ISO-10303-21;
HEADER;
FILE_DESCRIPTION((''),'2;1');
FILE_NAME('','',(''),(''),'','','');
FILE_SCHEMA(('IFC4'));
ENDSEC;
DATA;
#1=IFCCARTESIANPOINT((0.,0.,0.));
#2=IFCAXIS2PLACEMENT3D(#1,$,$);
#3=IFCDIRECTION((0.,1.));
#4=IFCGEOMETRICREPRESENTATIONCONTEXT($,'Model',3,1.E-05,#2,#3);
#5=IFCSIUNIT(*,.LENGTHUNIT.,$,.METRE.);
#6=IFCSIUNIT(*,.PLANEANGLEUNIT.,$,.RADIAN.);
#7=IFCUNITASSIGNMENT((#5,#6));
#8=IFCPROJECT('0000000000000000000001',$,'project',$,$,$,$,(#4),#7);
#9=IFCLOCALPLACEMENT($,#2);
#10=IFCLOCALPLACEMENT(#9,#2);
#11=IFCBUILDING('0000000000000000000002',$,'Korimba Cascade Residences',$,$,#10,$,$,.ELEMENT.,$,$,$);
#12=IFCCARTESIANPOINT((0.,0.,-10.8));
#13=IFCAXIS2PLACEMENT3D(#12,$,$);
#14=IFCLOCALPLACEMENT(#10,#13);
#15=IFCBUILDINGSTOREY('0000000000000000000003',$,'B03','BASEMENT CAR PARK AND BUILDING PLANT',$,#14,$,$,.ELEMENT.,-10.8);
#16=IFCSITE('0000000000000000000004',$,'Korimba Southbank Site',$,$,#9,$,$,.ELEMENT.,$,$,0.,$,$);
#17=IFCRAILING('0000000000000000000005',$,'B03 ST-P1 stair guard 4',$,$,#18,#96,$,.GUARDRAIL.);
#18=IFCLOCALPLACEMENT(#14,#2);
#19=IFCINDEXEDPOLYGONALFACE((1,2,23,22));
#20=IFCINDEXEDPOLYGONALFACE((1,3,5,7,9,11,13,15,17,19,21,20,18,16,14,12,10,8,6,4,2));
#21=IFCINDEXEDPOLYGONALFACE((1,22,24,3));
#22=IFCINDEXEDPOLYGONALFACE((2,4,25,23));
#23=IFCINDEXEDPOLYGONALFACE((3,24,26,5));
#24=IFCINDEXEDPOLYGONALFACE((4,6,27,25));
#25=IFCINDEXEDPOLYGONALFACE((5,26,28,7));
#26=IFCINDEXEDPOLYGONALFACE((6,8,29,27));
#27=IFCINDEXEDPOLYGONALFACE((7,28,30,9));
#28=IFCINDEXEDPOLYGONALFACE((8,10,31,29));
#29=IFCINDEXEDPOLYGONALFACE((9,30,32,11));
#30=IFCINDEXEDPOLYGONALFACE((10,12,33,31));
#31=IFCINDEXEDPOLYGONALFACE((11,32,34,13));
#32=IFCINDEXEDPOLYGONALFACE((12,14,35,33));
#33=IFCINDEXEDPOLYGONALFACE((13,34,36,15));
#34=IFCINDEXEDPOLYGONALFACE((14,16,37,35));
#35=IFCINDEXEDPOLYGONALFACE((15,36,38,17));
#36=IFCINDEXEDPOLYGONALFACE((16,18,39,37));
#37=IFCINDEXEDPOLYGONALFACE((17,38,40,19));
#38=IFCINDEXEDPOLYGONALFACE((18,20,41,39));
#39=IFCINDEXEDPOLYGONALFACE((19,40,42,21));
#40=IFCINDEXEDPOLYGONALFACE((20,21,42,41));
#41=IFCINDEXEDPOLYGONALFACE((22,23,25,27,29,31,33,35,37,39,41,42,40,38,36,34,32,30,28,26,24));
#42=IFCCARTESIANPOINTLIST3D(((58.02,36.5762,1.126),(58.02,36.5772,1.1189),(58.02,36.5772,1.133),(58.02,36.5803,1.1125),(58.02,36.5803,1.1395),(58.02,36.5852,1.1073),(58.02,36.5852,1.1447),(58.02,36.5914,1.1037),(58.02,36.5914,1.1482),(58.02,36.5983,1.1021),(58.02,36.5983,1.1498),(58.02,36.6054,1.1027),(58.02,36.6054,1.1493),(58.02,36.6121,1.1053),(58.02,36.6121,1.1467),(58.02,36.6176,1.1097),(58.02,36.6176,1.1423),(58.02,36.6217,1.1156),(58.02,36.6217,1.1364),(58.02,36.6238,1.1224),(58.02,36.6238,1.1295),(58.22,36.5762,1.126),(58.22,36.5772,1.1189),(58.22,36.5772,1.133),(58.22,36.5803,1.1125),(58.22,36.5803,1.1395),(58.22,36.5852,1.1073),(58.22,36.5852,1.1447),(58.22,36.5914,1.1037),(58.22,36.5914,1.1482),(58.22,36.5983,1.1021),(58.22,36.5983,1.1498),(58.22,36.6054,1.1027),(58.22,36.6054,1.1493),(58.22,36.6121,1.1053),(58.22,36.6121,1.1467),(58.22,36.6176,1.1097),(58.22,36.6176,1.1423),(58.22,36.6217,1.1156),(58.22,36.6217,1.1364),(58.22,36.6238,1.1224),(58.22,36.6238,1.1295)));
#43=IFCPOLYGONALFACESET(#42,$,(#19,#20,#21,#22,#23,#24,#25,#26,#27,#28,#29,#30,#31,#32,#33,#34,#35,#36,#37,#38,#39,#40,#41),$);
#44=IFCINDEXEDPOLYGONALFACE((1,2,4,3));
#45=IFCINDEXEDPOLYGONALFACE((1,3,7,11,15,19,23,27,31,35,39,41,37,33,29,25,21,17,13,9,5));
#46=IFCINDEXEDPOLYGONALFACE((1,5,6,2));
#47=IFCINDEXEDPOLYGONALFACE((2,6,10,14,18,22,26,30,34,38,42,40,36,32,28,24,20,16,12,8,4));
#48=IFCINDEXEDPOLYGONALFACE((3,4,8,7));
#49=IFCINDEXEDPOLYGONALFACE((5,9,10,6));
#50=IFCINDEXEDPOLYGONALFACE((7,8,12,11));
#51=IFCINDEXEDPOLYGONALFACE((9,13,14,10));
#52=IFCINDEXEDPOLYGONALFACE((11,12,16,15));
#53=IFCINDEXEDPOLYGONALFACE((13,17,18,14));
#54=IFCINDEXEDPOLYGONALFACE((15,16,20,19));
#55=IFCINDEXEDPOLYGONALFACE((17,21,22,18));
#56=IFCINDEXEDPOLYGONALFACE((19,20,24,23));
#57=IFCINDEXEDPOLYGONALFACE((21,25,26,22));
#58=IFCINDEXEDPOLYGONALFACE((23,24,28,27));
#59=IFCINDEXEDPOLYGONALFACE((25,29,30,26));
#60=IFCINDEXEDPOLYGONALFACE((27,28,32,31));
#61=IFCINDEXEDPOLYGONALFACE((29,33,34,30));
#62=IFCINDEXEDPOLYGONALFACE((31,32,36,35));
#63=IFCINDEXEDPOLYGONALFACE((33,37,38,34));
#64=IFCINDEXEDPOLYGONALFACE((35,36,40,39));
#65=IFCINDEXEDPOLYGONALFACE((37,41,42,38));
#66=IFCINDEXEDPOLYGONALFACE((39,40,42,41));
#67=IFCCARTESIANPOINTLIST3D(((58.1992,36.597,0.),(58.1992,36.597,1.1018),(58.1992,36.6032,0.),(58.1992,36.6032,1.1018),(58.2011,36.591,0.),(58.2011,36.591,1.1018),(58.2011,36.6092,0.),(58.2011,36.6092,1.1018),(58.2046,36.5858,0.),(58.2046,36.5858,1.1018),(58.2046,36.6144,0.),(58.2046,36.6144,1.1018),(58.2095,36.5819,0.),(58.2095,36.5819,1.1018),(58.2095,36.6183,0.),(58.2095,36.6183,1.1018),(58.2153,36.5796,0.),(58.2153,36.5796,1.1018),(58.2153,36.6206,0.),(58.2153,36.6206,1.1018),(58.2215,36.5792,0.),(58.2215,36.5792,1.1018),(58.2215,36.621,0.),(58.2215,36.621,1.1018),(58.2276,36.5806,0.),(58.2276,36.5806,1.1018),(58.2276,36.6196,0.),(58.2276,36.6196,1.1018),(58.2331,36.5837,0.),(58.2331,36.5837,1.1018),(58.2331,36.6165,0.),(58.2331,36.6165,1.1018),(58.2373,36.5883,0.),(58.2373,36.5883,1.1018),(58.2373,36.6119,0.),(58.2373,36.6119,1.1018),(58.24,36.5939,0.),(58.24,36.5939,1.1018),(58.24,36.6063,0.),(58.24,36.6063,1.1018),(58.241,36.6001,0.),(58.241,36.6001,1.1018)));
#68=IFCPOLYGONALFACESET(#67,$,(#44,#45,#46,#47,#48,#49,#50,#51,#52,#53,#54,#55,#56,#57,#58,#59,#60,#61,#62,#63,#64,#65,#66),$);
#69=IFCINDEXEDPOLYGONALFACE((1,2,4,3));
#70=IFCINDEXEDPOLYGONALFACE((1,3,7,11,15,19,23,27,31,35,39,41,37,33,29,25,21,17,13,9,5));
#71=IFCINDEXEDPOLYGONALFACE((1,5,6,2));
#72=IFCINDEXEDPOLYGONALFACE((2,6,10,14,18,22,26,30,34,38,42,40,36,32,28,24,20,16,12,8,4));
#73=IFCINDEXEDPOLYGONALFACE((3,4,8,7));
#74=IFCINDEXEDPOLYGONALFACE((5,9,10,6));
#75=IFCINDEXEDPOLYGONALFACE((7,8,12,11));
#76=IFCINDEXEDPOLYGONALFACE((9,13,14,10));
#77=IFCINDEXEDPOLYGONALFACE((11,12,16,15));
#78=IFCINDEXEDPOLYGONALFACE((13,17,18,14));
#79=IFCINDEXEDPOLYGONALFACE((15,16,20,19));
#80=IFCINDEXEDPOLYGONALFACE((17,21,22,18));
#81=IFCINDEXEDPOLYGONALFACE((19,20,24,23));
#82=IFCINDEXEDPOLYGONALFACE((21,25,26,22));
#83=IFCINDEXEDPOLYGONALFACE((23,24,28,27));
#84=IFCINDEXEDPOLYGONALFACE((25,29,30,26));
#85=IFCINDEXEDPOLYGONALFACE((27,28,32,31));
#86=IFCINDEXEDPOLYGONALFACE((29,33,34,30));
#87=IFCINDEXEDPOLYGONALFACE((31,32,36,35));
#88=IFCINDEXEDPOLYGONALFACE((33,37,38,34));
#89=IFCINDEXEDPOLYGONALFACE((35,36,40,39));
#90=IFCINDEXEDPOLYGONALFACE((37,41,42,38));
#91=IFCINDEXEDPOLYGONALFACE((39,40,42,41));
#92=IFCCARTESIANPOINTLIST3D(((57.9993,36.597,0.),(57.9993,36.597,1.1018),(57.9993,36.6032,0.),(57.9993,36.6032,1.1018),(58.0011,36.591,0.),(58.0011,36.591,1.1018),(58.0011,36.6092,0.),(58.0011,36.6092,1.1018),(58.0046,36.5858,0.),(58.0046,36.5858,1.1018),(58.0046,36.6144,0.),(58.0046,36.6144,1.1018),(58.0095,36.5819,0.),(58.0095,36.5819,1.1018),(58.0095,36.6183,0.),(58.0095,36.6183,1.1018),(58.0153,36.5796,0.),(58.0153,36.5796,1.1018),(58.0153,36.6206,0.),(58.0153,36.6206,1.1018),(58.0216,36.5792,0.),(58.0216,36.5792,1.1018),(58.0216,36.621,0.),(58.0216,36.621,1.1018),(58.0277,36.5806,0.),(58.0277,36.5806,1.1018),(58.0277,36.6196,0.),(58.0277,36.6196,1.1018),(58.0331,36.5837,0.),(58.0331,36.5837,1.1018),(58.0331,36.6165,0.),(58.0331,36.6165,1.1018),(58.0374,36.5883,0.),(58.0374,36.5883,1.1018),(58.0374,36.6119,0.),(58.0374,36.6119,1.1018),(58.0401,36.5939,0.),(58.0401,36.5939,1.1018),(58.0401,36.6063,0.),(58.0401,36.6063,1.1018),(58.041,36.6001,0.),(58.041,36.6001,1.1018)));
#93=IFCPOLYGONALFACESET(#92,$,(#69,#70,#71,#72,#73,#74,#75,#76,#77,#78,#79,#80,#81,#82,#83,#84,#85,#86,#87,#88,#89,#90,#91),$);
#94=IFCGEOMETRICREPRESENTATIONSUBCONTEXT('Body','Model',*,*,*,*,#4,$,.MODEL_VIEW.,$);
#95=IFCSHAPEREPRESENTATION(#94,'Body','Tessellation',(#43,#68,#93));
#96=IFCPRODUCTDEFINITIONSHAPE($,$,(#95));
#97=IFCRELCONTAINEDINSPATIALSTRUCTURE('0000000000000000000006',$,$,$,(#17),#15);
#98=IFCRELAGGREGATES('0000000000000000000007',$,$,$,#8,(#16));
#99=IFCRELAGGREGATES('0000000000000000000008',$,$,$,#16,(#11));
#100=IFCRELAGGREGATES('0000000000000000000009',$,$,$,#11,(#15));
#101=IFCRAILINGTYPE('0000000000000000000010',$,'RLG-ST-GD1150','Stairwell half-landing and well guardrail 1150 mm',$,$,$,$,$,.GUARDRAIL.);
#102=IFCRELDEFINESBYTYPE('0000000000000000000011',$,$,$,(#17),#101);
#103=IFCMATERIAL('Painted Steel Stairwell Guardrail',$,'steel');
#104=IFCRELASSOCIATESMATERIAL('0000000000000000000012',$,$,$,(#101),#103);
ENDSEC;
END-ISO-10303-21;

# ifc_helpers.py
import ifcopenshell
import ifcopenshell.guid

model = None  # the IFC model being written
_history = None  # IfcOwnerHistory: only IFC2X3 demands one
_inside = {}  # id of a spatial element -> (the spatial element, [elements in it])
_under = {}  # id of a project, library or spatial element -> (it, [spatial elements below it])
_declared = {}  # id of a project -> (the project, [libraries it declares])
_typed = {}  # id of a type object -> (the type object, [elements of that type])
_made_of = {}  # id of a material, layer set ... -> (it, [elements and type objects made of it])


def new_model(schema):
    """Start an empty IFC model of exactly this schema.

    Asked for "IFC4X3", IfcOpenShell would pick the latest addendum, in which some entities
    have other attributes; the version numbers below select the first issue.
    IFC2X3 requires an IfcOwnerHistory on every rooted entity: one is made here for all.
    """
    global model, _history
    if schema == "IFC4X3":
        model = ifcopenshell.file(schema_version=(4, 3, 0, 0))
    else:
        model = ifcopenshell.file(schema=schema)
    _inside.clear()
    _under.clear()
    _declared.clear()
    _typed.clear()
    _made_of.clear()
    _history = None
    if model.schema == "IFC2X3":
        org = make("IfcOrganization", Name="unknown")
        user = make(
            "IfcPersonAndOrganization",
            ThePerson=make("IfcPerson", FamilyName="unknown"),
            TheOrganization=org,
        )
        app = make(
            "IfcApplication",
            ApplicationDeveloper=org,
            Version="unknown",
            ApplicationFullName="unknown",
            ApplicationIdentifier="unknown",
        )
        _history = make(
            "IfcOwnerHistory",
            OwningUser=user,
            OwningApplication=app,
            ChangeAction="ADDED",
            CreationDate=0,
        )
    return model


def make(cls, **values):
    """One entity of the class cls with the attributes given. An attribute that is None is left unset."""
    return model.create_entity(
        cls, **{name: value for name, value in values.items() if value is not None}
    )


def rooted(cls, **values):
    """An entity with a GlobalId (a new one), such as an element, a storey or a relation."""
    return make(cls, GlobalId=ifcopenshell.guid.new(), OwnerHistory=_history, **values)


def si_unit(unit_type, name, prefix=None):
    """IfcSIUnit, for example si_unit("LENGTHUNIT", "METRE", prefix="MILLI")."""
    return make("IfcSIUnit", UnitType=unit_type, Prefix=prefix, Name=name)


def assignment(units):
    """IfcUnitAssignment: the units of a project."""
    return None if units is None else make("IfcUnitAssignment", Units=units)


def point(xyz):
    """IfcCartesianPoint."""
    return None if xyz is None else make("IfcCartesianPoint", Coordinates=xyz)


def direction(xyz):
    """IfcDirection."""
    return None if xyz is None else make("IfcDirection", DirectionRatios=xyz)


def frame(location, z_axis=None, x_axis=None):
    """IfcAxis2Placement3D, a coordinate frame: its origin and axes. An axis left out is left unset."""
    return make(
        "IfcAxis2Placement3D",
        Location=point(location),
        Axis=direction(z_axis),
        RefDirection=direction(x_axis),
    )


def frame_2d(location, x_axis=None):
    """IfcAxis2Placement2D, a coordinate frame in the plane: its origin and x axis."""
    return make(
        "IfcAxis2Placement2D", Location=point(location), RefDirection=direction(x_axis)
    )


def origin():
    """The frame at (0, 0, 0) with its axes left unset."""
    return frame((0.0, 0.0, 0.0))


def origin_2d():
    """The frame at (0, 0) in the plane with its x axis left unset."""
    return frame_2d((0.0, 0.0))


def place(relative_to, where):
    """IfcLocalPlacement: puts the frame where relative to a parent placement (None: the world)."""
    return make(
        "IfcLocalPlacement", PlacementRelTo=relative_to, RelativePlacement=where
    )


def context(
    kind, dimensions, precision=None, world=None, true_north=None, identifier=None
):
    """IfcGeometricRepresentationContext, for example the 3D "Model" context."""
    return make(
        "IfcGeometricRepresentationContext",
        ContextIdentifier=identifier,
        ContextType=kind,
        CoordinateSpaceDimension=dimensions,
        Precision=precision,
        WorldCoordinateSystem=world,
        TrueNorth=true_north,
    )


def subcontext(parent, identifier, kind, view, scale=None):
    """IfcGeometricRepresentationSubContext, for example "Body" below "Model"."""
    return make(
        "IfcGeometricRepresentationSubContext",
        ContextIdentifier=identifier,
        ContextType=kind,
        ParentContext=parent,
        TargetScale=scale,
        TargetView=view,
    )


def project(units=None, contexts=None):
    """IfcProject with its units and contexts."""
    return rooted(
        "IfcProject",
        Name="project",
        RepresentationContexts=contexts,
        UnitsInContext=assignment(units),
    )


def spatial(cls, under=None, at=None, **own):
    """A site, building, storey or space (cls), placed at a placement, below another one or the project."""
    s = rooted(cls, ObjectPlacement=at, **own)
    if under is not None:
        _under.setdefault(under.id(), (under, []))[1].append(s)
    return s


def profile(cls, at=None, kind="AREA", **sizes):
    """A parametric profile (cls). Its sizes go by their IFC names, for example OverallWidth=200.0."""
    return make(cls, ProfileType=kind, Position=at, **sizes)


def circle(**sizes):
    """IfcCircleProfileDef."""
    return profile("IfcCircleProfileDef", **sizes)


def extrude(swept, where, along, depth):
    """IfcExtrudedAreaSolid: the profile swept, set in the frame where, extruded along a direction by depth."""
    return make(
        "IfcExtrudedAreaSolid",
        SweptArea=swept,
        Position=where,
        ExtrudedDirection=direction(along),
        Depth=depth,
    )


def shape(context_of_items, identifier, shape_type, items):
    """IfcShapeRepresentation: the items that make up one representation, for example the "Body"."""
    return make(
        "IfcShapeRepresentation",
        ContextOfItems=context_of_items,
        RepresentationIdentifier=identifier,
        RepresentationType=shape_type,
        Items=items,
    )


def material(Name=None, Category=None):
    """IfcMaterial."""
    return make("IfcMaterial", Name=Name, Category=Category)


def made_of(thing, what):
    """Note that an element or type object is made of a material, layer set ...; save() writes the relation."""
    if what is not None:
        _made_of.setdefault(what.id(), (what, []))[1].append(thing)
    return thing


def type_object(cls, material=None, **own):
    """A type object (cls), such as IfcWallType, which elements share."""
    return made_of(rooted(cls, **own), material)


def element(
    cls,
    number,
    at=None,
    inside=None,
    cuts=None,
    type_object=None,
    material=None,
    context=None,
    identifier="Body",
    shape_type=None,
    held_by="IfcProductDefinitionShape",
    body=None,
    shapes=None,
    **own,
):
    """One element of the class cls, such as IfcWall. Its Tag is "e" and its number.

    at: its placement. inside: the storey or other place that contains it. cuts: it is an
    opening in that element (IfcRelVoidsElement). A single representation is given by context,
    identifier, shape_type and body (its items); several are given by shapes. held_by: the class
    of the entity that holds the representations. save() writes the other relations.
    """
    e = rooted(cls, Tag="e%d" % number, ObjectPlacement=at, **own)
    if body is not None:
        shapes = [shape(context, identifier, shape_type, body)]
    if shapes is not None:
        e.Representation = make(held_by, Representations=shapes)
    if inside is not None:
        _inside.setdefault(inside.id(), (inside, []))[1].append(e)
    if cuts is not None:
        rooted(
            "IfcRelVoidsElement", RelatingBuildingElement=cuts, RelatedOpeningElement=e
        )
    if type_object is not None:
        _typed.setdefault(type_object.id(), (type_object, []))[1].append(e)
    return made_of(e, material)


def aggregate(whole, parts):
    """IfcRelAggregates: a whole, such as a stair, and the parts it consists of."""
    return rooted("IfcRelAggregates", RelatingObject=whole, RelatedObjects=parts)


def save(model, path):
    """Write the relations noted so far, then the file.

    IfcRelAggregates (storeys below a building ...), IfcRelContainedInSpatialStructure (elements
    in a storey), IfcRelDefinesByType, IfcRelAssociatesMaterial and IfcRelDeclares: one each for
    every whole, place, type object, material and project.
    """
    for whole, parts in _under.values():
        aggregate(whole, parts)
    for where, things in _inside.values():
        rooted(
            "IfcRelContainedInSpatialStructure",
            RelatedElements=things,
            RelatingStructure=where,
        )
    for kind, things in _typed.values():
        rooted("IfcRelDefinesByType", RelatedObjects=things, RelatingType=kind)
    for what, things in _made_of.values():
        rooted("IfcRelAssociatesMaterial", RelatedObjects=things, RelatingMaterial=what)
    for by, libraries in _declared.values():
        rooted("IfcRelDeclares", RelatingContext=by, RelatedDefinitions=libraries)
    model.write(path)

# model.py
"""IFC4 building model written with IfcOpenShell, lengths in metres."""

from ifc_helpers import new_model, si_unit, direction, frame, origin, origin_2d, place, context, subcontext, project, spatial, circle, extrude, material, type_object, element, save


model = new_model("IFC4")

# Units and contexts
model_context = context("Model", 3, precision=1e-05, world=origin(), true_north=direction((0.0, 1.0)))
body_context = subcontext(model_context, "Body", "Model", "MODEL_VIEW")
ifc_project = project(units=[si_unit("LENGTHUNIT", "METRE"), si_unit("PLANEANGLEUNIT", "RADIAN")], contexts=[model_context])

# Site, building, storey
site_placement = place(None, origin())
site = spatial("IfcSite", under=ifc_project, at=site_placement, Name="Korimba Southbank Site", CompositionType="ELEMENT", RefElevation=0.0)
building_placement = place(site_placement, origin())
building = spatial("IfcBuilding", under=site, at=building_placement, Name="Korimba Cascade Residences", CompositionType="ELEMENT")
storey_placement = place(building_placement, frame((0.0, 0.0, -10.8)))
storey = spatial("IfcBuildingStorey", under=building, at=storey_placement, Name="B03", Description="BASEMENT CAR PARK AND BUILDING PLANT", CompositionType="ELEMENT", Elevation=-10.8)

# Railing
ifc_material_1 = material(Name="Painted Steel Stairwell Guardrail", Category="steel")
railing_type_1 = type_object("IfcRailingType", Name="RLG-ST-GD1150", Description="Stairwell half-landing and well guardrail 1150 mm", PredefinedType="GUARDRAIL", material=ifc_material_1)
railing_1_placement = place(storey_placement, frame((58.22, 36.6001, 0.0)))
element("IfcRailing", 1, at=railing_1_placement, inside=storey, type_object=railing_type_1, Name="B03 ST-P1 stair guard 4", PredefinedType="GUARDRAIL", context=body_context, shape_type="SweptSolid", body=[
    extrude(circle(Radius=0.0239, at=origin_2d()), frame((0.0, 0.0, 1.126), z_axis=(-1.0, 0.0, 0.0), x_axis=(0.0, -1.0, 0.0)), (0.0, 0.0, 1.0), 0.2),
    extrude(circle(Radius=0.021, at=origin_2d()), origin(), (0.0, 0.0, 1.0), 1.1018),
    extrude(circle(Radius=0.021, at=origin_2d()), frame((-0.2, 0.0, 0.0)), (0.0, 0.0, 1.0), 1.1018),
])

save(model, "model.ifc")
